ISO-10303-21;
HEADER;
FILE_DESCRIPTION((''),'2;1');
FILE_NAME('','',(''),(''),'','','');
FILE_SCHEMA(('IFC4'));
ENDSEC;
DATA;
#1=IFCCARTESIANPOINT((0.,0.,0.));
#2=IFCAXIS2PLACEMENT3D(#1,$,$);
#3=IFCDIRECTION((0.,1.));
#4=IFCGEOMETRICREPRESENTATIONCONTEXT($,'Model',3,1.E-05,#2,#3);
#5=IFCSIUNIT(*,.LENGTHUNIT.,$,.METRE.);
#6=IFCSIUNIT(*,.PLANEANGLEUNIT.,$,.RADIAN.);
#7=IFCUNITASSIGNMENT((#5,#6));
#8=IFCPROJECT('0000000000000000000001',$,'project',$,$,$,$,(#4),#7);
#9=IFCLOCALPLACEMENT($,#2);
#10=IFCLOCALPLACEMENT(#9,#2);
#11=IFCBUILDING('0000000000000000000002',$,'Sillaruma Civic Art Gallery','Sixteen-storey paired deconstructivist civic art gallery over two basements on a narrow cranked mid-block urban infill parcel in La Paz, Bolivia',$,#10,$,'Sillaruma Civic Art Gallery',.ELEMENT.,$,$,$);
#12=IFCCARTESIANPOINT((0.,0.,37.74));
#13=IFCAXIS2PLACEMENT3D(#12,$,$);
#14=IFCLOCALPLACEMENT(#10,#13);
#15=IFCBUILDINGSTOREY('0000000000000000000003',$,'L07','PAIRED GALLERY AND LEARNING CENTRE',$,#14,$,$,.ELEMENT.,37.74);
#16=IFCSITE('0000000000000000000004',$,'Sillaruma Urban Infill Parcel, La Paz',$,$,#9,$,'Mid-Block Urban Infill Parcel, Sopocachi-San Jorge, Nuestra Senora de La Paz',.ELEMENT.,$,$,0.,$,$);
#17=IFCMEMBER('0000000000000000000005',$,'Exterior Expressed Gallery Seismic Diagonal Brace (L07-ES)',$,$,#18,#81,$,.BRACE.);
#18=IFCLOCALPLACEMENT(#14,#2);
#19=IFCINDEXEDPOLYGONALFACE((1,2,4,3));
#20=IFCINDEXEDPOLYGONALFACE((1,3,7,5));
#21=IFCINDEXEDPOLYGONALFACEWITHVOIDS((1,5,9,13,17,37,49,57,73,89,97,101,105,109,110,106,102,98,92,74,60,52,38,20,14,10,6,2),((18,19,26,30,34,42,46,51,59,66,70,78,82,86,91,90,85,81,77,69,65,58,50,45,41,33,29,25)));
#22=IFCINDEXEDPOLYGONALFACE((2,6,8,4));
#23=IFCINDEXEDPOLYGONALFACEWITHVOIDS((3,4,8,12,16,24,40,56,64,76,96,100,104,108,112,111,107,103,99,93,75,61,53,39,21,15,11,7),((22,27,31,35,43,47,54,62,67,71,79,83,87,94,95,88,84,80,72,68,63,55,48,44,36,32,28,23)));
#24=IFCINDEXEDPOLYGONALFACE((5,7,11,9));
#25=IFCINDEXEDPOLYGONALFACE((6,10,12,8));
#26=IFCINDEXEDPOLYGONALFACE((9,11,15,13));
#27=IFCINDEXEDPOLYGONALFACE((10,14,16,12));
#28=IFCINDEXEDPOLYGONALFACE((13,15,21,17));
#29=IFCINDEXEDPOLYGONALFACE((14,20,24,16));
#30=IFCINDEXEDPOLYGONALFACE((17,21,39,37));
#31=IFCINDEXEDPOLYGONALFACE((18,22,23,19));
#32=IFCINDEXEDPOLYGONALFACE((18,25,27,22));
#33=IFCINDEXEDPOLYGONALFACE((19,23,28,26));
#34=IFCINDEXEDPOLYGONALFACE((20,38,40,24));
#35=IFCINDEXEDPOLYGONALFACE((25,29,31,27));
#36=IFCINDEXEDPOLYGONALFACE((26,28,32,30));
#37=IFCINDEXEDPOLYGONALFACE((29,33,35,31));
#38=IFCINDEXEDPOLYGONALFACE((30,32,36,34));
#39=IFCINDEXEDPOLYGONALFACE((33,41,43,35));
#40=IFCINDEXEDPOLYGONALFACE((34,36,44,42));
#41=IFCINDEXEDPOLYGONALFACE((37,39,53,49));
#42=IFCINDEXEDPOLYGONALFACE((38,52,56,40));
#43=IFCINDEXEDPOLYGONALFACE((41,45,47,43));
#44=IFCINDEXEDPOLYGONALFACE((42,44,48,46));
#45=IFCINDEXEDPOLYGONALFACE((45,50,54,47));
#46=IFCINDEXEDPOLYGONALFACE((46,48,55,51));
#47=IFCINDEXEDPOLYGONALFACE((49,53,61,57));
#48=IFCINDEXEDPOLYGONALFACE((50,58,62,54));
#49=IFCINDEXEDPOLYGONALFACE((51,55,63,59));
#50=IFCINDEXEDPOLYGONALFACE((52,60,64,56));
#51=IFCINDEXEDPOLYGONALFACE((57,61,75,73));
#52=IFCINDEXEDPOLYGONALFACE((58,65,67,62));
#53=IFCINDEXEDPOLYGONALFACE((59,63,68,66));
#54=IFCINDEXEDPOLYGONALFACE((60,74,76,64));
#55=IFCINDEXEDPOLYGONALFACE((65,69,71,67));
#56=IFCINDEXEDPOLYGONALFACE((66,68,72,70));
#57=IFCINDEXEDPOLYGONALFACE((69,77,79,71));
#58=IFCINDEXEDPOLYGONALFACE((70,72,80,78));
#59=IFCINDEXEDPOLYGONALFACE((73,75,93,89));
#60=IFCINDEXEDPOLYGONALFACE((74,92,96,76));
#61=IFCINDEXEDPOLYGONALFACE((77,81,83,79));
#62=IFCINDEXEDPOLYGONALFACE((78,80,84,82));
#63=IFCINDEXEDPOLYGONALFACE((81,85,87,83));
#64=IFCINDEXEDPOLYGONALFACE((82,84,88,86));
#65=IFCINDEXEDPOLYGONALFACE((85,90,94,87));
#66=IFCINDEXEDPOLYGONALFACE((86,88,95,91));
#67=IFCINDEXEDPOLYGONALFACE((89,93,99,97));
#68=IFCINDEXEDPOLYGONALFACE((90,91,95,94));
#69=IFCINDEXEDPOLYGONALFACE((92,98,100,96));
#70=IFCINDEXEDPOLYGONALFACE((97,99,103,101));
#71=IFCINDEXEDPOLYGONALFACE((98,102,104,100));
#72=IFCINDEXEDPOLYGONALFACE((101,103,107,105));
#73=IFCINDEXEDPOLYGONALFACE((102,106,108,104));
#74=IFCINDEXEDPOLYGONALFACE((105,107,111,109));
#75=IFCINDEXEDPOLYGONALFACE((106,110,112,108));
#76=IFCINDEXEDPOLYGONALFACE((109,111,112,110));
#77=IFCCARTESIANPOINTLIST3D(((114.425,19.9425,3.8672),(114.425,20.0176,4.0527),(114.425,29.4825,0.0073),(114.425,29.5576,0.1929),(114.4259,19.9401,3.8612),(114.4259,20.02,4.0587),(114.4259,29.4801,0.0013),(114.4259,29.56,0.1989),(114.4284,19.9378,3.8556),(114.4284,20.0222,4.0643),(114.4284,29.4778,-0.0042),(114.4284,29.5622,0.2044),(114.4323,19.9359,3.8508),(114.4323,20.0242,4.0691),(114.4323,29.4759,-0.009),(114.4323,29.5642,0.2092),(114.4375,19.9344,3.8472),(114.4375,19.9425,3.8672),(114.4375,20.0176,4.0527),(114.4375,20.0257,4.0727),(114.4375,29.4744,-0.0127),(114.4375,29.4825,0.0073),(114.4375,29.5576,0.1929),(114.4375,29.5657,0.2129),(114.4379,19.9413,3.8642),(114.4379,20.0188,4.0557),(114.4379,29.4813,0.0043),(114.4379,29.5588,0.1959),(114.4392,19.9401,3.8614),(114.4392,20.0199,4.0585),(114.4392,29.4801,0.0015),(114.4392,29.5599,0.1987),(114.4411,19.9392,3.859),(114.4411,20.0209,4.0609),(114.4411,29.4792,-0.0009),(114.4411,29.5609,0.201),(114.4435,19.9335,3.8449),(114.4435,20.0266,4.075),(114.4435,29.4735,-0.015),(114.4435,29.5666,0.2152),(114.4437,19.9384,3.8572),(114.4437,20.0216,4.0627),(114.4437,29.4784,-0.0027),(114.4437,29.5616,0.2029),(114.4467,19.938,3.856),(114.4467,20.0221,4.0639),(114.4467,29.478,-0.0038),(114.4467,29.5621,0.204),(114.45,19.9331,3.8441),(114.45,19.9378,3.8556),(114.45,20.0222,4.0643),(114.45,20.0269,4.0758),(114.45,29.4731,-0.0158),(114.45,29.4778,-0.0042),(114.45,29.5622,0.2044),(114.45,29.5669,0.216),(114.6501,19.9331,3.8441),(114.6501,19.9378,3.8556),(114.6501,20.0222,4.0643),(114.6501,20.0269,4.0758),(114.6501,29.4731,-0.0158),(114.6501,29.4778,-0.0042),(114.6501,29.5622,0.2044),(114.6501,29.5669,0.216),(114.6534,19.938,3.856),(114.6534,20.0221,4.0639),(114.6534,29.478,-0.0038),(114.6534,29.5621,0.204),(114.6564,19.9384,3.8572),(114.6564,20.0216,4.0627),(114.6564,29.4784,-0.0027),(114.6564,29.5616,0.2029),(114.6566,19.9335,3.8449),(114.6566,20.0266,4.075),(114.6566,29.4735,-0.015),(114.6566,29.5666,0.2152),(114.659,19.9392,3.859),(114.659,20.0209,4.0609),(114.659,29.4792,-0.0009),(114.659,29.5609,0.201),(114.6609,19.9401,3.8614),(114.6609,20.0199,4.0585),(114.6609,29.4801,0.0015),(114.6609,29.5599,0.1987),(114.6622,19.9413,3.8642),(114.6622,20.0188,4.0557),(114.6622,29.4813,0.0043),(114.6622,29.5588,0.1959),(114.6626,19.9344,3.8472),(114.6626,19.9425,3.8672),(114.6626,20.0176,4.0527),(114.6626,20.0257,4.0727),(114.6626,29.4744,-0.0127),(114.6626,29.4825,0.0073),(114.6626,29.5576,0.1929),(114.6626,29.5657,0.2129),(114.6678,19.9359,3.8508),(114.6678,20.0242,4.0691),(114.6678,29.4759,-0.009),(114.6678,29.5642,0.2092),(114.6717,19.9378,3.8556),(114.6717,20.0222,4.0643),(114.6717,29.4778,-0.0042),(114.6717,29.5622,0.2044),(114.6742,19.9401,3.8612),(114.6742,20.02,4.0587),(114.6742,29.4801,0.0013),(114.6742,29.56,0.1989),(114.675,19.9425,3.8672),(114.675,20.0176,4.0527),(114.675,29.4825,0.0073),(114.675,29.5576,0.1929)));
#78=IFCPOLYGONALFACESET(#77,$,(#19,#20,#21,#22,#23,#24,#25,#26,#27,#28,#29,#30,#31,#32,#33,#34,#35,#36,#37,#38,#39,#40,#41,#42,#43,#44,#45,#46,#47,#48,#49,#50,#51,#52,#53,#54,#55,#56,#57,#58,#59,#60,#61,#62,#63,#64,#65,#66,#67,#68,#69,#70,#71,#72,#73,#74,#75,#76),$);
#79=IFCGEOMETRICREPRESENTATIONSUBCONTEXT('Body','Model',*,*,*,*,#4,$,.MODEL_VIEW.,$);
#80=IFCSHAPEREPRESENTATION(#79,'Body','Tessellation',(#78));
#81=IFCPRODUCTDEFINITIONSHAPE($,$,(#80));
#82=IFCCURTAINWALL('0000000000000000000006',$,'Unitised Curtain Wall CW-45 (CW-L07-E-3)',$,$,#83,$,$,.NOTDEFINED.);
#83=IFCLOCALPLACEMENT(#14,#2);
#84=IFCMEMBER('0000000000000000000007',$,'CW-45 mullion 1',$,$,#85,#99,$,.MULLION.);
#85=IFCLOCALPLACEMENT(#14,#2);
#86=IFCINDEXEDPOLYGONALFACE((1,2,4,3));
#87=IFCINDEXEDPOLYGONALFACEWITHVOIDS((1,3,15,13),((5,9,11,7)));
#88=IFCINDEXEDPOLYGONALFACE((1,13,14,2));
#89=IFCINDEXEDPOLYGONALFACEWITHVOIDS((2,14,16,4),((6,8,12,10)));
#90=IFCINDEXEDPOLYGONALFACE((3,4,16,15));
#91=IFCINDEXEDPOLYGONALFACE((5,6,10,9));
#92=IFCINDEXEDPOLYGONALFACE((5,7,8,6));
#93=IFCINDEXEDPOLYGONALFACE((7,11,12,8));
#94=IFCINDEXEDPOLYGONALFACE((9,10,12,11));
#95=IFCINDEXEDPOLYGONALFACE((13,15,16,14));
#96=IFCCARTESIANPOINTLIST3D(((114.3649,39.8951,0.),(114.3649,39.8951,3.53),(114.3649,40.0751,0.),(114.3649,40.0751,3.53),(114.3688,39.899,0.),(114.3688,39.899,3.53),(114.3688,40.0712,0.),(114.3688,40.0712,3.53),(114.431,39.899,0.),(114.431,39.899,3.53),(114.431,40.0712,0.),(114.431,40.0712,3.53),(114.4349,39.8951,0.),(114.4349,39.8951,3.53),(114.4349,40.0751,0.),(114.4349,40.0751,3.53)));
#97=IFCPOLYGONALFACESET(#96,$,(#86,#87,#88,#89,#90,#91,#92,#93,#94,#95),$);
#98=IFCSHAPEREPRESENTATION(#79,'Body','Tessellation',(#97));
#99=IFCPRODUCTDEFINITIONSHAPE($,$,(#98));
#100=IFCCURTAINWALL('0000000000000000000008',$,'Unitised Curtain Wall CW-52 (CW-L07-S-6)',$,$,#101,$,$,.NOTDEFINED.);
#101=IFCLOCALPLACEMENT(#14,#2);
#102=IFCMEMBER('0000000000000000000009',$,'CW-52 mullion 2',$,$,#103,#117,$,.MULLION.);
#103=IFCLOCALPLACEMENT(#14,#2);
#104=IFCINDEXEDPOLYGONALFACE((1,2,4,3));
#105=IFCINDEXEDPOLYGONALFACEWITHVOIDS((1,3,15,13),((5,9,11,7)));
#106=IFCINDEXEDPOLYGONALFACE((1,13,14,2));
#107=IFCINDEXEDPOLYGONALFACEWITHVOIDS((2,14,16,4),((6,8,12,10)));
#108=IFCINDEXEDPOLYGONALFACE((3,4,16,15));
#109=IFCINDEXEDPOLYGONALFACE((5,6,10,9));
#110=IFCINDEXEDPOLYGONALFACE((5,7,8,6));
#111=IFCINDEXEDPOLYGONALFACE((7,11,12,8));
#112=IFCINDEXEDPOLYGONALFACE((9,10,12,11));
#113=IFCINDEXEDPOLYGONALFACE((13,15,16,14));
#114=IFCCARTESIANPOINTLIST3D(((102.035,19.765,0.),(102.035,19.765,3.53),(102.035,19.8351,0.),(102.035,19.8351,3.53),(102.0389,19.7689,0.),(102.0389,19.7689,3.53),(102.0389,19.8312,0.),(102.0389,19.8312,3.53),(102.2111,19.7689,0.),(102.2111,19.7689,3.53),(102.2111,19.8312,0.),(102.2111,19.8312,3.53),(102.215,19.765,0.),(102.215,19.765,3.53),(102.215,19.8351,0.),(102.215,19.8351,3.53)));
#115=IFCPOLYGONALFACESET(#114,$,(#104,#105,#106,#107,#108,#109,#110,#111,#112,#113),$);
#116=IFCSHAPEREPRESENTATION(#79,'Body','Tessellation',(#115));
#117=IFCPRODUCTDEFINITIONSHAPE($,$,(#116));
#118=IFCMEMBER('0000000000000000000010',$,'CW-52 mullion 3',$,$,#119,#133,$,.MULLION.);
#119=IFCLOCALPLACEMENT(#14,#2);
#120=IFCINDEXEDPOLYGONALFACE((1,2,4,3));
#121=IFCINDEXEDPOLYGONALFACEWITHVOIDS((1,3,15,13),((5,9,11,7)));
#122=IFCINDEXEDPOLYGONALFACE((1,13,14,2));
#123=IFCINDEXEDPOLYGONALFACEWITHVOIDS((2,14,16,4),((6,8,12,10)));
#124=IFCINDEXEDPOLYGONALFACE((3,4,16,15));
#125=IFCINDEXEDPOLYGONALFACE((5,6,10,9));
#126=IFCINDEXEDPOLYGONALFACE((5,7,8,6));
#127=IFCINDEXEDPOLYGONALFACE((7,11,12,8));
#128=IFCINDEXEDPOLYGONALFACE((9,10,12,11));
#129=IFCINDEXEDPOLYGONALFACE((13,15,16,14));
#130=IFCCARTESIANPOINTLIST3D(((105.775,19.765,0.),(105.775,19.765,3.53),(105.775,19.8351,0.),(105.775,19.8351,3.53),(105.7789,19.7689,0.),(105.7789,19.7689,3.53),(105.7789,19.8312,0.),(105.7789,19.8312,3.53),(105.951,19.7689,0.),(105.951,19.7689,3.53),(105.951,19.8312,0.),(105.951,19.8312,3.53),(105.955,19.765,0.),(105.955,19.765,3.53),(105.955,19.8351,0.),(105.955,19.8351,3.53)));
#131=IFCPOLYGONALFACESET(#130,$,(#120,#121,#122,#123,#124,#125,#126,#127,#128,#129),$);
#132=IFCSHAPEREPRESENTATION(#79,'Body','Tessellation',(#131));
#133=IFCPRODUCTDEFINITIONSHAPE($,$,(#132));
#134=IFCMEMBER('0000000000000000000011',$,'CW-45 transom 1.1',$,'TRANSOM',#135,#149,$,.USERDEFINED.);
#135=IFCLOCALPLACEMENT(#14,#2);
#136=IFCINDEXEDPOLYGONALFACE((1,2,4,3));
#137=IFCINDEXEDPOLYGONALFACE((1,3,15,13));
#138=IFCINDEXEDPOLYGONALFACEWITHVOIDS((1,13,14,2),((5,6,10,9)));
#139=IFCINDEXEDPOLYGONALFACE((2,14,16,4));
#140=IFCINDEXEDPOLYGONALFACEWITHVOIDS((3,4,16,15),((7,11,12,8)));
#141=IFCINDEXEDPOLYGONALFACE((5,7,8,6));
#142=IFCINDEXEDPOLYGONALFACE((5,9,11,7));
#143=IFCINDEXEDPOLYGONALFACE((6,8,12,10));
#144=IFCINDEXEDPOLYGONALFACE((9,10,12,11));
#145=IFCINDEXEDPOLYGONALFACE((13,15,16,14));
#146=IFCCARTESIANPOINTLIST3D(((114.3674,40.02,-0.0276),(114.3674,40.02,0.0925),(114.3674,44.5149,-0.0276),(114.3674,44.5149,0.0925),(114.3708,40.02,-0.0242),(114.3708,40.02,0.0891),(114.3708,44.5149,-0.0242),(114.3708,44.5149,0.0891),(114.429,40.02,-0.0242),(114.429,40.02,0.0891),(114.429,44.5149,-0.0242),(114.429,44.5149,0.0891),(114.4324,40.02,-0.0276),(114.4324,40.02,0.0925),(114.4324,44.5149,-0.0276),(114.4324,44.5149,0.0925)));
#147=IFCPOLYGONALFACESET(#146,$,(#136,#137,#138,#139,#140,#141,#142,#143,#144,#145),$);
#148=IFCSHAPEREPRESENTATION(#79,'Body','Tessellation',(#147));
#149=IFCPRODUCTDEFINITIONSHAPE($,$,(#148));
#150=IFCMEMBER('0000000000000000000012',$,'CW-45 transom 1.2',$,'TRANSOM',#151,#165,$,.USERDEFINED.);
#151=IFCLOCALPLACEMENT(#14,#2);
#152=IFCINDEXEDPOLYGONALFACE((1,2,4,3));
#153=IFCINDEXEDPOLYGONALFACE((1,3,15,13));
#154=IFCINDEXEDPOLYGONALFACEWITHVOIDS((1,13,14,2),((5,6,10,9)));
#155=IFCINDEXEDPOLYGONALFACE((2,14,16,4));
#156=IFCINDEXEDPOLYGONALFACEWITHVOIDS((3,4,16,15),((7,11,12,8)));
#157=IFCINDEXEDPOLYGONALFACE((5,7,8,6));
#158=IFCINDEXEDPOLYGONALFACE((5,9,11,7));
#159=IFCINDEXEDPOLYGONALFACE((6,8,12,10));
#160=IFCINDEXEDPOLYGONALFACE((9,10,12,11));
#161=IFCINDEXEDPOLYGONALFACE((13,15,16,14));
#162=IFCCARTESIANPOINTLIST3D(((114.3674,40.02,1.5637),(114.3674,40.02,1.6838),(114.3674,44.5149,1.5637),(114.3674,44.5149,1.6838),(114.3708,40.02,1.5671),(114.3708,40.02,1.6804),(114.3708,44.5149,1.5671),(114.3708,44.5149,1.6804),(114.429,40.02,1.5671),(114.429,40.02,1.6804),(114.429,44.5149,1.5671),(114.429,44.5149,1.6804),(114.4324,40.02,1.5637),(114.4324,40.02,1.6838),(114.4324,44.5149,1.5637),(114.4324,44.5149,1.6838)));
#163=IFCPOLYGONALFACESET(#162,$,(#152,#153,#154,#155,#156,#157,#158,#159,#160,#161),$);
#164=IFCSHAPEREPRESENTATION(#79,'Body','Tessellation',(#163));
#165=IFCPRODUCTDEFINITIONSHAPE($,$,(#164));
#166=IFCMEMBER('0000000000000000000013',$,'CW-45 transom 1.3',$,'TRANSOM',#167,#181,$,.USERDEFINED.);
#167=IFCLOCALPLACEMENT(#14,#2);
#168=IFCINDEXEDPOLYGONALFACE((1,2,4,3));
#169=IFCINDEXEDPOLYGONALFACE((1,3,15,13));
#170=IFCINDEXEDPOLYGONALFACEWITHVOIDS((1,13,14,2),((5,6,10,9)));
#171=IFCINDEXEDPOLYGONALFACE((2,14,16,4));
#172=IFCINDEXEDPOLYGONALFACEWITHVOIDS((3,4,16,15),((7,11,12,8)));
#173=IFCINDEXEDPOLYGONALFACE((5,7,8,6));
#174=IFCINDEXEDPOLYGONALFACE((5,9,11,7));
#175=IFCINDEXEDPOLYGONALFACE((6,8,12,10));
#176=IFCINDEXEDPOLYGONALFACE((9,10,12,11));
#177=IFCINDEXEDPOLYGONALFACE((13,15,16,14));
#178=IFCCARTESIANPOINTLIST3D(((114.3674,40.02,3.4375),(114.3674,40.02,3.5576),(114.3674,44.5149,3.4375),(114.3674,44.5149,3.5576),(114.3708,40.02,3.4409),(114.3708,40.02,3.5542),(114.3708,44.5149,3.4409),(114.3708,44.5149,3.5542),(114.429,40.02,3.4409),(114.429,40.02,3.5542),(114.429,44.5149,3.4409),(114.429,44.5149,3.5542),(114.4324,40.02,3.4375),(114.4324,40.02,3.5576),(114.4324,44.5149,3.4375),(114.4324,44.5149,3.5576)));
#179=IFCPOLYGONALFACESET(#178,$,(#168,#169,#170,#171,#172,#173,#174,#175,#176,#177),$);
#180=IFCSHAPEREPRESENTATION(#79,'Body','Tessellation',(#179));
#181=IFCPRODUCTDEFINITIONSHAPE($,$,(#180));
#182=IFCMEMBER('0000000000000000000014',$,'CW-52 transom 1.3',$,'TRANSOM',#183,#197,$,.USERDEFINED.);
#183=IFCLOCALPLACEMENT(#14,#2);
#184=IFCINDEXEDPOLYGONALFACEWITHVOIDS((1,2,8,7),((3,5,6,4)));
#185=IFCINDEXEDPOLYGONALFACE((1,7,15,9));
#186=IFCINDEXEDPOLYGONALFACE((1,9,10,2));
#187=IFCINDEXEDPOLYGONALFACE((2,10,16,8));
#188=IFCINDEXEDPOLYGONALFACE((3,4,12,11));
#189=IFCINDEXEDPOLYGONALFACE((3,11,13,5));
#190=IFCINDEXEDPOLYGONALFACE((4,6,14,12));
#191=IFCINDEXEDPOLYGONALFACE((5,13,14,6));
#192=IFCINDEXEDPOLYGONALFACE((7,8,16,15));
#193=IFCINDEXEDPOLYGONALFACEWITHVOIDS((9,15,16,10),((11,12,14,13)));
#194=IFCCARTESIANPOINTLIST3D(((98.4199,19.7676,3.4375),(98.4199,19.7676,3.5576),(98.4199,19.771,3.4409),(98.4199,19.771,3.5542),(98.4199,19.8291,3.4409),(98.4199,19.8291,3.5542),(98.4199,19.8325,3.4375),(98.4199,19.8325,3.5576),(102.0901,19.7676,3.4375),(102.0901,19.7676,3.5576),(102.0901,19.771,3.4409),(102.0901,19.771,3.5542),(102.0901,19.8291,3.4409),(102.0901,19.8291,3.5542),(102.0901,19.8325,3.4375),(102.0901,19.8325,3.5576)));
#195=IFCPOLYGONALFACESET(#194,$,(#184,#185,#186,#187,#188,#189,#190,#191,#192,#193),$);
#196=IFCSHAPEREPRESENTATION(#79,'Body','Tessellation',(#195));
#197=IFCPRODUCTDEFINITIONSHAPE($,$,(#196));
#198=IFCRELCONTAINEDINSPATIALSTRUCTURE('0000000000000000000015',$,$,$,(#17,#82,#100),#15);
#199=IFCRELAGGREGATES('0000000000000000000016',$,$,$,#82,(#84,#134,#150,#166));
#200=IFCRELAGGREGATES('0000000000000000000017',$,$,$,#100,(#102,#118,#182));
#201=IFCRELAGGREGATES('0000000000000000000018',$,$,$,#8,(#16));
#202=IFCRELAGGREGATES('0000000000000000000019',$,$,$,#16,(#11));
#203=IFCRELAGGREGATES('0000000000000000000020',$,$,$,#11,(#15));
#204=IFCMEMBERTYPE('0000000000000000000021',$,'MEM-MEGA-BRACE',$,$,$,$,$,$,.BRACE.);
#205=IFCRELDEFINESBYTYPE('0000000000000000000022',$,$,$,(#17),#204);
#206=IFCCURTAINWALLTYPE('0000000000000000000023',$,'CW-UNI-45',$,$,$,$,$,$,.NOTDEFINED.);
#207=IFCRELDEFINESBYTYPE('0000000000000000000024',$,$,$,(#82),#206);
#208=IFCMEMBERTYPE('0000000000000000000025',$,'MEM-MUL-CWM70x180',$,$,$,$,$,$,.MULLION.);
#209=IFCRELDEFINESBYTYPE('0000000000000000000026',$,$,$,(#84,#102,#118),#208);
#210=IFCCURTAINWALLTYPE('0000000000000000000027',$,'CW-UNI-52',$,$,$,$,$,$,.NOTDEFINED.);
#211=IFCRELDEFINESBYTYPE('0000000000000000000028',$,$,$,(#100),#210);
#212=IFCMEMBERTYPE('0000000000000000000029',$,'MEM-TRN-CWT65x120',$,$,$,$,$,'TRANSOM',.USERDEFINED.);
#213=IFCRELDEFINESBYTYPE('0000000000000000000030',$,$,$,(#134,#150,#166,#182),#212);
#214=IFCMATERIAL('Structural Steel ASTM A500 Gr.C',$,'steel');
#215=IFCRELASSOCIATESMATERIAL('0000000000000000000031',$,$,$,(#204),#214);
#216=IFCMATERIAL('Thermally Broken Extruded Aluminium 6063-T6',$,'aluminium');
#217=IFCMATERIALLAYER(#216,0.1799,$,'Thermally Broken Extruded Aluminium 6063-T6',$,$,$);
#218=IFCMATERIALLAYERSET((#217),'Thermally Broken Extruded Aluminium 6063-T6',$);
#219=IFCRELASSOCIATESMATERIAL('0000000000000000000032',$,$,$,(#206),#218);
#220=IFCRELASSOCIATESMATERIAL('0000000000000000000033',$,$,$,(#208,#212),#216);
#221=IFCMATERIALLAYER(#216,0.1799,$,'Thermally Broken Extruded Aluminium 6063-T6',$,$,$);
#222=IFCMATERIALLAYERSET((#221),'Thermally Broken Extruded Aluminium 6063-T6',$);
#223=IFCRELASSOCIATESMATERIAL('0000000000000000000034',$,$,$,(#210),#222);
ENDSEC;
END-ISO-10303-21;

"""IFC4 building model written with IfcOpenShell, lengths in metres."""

from ifc_helpers import new_model, si_unit, direction, frame, origin, origin_2d, place, context, subcontext, project, spatial, hollow_rectangle, extrude, material, layer, layer_set, material_profile, profile_set, type_object, element, aggregate, save


model = new_model("IFC4")

# Units and contexts
model_context = context("Model", 3, precision=1e-05, world=origin(), true_north=direction((0.0, 1.0)))
body_context = subcontext(model_context, "Body", "Model", "MODEL_VIEW")
ifc_project = project(units=[si_unit("LENGTHUNIT", "METRE"), si_unit("PLANEANGLEUNIT", "RADIAN")], contexts=[model_context])

# Site, building, storey
site_placement = place(None, origin())
site = spatial("IfcSite", under=ifc_project, at=site_placement, Name="Sillaruma Urban Infill Parcel, La Paz", LongName="Mid-Block Urban Infill Parcel, Sopocachi-San Jorge, Nuestra Senora de La Paz", CompositionType="ELEMENT", RefElevation=0.0)
building_placement = place(site_placement, origin())
building = spatial("IfcBuilding", under=site, at=building_placement, Name="Sillaruma Civic Art Gallery", Description="Sixteen-storey paired deconstructivist civic art gallery over two basements on a narrow cranked mid-block urban infill parcel in La Paz, Bolivia", LongName="Sillaruma Civic Art Gallery", CompositionType="ELEMENT")
storey_placement = place(building_placement, frame((0.0, 0.0, 37.74)))
storey = spatial("IfcBuildingStorey", under=building, at=storey_placement, Name="L07", Description="PAIRED GALLERY AND LEARNING CENTRE", CompositionType="ELEMENT", Elevation=37.74)

# Member
ifc_material_1 = material(Name="Structural Steel ASTM A500 Gr.C", Category="steel")
ifc_material_profile_1 = material_profile(ifc_material_1, hollow_rectangle(XDim=0.25, YDim=0.25, WallThickness=0.0125, InnerFilletRadius=0.0125, OuterFilletRadius=0.0249, at=origin_2d()), Name="HSS250x250x12.5")
ifc_profile_set_1 = profile_set([ifc_material_profile_1], Name="Structural Steel ASTM A500 Gr.C")
member_type_1 = type_object("IfcMemberType", Name="MEM-MEGA-BRACE", PredefinedType="BRACE", material=ifc_profile_set_1)
member_1_placement = place(storey_placement, frame((114.55, 29.52, 0.1001), z_axis=(0.0, -0.927, 0.375061), x_axis=(1.0, 0.0, 0.0)))
element("IfcMember", 1, at=member_1_placement, inside=storey, type_object=member_type_1, Name="Exterior Expressed Gallery Seismic Diagonal Brace (L07-ES)", PredefinedType="BRACE", context=body_context, shape_type="SweptSolid", body=[
    extrude(hollow_rectangle(XDim=0.25, YDim=0.25, WallThickness=0.0125, InnerFilletRadius=0.0125, OuterFilletRadius=0.0249, at=origin_2d()), origin(), (0.0, 0.0, 1.0), 10.2913),
])

# Curtain wall, member
ifc_material_2 = material(Name="Thermally Broken Extruded Aluminium 6063-T6", Category="aluminium")
ifc_layer_1 = layer(ifc_material_2, 0.1799, Name="Thermally Broken Extruded Aluminium 6063-T6")
ifc_layer_set_1 = layer_set([ifc_layer_1], Name="Thermally Broken Extruded Aluminium 6063-T6")
curtain_wall_type_1 = type_object("IfcCurtainWallType", Name="CW-UNI-45", PredefinedType="NOTDEFINED", material=ifc_layer_set_1)
curtain_wall_1_placement = place(storey_placement, origin())
curtain_wall_1 = element("IfcCurtainWall", 2, at=curtain_wall_1_placement, inside=storey, type_object=curtain_wall_type_1, Name="Unitised Curtain Wall CW-45 (CW-L07-E-3)", PredefinedType="NOTDEFINED")
ifc_material_profile_2 = material_profile(ifc_material_2, hollow_rectangle(XDim=0.0701, YDim=0.1799, WallThickness=0.0039, at=origin_2d()), Name="CWM70x180")
ifc_profile_set_2 = profile_set([ifc_material_profile_2], Name="Thermally Broken Extruded Aluminium 6063-T6")
member_type_2 = type_object("IfcMemberType", Name="MEM-MUL-CWM70x180", PredefinedType="MULLION", material=ifc_profile_set_2)
member_2_placement = place(storey_placement, frame((114.3999, 39.9851, 0.0), z_axis=(0.0, 0.0, 1.0), x_axis=(-1.0, 0.0, 0.0)))
member_2 = element("IfcMember", 3, at=member_2_placement, type_object=member_type_2, Name="CW-45 mullion 1", PredefinedType="MULLION", context=body_context, shape_type="SweptSolid", body=[
    extrude(hollow_rectangle(XDim=0.0701, YDim=0.1799, WallThickness=0.0039, at=origin_2d()), origin(), (0.0, 0.0, 1.0), 3.53),
])

# Curtain wall, members
ifc_layer_2 = layer(ifc_material_2, 0.1799, Name="Thermally Broken Extruded Aluminium 6063-T6")
ifc_layer_set_2 = layer_set([ifc_layer_2], Name="Thermally Broken Extruded Aluminium 6063-T6")
curtain_wall_type_2 = type_object("IfcCurtainWallType", Name="CW-UNI-52", PredefinedType="NOTDEFINED", material=ifc_layer_set_2)
curtain_wall_2_placement = place(storey_placement, origin())
curtain_wall_2 = element("IfcCurtainWall", 4, at=curtain_wall_2_placement, inside=storey, type_object=curtain_wall_type_2, Name="Unitised Curtain Wall CW-52 (CW-L07-S-6)", PredefinedType="NOTDEFINED")
member_3_placement = place(storey_placement, frame((102.125, 19.8, 0.0), z_axis=(0.0, 0.0, 1.0), x_axis=(0.0, 1.0, 0.0)))
member_3 = element("IfcMember", 5, at=member_3_placement, type_object=member_type_2, Name="CW-52 mullion 2", PredefinedType="MULLION", context=body_context, shape_type="SweptSolid", body=[
    extrude(hollow_rectangle(XDim=0.0701, YDim=0.1799, WallThickness=0.0039, at=origin_2d()), origin(), (0.0, 0.0, 1.0), 3.53),
])
member_4_placement = place(storey_placement, frame((105.865, 19.8, 0.0), z_axis=(0.0, 0.0, 1.0), x_axis=(0.0, 1.0, 0.0)))
member_4 = element("IfcMember", 6, at=member_4_placement, type_object=member_type_2, Name="CW-52 mullion 3", PredefinedType="MULLION", context=body_context, shape_type="SweptSolid", body=[
    extrude(hollow_rectangle(XDim=0.0701, YDim=0.1799, WallThickness=0.0039, at=origin_2d()), origin(), (0.0, 0.0, 1.0), 3.53),
])

# Members
ifc_material_profile_3 = material_profile(ifc_material_2, hollow_rectangle(XDim=0.0649, YDim=0.1201, WallThickness=0.0034, at=origin_2d()), Name="CWT65x120")
ifc_profile_set_3 = profile_set([ifc_material_profile_3], Name="Thermally Broken Extruded Aluminium 6063-T6")
member_type_3 = type_object("IfcMemberType", Name="MEM-TRN-CWT65x120", ElementType="TRANSOM", PredefinedType="USERDEFINED", material=ifc_profile_set_3)
member_5_placement = place(storey_placement, frame((114.3999, 40.02, 0.0325), z_axis=(0.0, 1.0, 0.0), x_axis=(-1.0, 0.0, 0.0)))
member_5 = element("IfcMember", 7, at=member_5_placement, type_object=member_type_3, Name="CW-45 transom 1.1", ObjectType="TRANSOM", PredefinedType="USERDEFINED", context=body_context, shape_type="SweptSolid", body=[
    extrude(hollow_rectangle(XDim=0.0649, YDim=0.1201, WallThickness=0.0034, at=origin_2d()), origin(), (0.0, 0.0, 1.0), 4.4949),
])
member_6_placement = place(storey_placement, frame((114.3999, 40.02, 1.6238), z_axis=(0.0, 1.0, 0.0), x_axis=(-1.0, 0.0, 0.0)))
member_6 = element("IfcMember", 8, at=member_6_placement, type_object=member_type_3, Name="CW-45 transom 1.2", ObjectType="TRANSOM", PredefinedType="USERDEFINED", context=body_context, shape_type="SweptSolid", body=[
    extrude(hollow_rectangle(XDim=0.0649, YDim=0.1201, WallThickness=0.0034, at=origin_2d()), origin(), (0.0, 0.0, 1.0), 4.4949),
])
member_7_placement = place(storey_placement, frame((114.3999, 40.02, 3.4976), z_axis=(0.0, 1.0, 0.0), x_axis=(-1.0, 0.0, 0.0)))
member_7 = element("IfcMember", 9, at=member_7_placement, type_object=member_type_3, Name="CW-45 transom 1.3", ObjectType="TRANSOM", PredefinedType="USERDEFINED", context=body_context, shape_type="SweptSolid", body=[
    extrude(hollow_rectangle(XDim=0.0649, YDim=0.1201, WallThickness=0.0034, at=origin_2d()), origin(), (0.0, 0.0, 1.0), 4.4949),
])
aggregate(curtain_wall_1, [member_2, member_5, member_6, member_7])
member_8_placement = place(storey_placement, frame((98.4199, 19.8, 3.4976), z_axis=(1.0, 0.0, 0.0), x_axis=(0.0, 1.0, 0.0)))
member_8 = element("IfcMember", 10, at=member_8_placement, type_object=member_type_3, Name="CW-52 transom 1.3", ObjectType="TRANSOM", PredefinedType="USERDEFINED", context=body_context, shape_type="SweptSolid", body=[
    extrude(hollow_rectangle(XDim=0.0649, YDim=0.1201, WallThickness=0.0034, at=origin_2d()), origin(), (0.0, 0.0, 1.0), 3.6702),
])

aggregate(curtain_wall_2, [member_3, member_4, member_8])

save(model, "model.ifc")
